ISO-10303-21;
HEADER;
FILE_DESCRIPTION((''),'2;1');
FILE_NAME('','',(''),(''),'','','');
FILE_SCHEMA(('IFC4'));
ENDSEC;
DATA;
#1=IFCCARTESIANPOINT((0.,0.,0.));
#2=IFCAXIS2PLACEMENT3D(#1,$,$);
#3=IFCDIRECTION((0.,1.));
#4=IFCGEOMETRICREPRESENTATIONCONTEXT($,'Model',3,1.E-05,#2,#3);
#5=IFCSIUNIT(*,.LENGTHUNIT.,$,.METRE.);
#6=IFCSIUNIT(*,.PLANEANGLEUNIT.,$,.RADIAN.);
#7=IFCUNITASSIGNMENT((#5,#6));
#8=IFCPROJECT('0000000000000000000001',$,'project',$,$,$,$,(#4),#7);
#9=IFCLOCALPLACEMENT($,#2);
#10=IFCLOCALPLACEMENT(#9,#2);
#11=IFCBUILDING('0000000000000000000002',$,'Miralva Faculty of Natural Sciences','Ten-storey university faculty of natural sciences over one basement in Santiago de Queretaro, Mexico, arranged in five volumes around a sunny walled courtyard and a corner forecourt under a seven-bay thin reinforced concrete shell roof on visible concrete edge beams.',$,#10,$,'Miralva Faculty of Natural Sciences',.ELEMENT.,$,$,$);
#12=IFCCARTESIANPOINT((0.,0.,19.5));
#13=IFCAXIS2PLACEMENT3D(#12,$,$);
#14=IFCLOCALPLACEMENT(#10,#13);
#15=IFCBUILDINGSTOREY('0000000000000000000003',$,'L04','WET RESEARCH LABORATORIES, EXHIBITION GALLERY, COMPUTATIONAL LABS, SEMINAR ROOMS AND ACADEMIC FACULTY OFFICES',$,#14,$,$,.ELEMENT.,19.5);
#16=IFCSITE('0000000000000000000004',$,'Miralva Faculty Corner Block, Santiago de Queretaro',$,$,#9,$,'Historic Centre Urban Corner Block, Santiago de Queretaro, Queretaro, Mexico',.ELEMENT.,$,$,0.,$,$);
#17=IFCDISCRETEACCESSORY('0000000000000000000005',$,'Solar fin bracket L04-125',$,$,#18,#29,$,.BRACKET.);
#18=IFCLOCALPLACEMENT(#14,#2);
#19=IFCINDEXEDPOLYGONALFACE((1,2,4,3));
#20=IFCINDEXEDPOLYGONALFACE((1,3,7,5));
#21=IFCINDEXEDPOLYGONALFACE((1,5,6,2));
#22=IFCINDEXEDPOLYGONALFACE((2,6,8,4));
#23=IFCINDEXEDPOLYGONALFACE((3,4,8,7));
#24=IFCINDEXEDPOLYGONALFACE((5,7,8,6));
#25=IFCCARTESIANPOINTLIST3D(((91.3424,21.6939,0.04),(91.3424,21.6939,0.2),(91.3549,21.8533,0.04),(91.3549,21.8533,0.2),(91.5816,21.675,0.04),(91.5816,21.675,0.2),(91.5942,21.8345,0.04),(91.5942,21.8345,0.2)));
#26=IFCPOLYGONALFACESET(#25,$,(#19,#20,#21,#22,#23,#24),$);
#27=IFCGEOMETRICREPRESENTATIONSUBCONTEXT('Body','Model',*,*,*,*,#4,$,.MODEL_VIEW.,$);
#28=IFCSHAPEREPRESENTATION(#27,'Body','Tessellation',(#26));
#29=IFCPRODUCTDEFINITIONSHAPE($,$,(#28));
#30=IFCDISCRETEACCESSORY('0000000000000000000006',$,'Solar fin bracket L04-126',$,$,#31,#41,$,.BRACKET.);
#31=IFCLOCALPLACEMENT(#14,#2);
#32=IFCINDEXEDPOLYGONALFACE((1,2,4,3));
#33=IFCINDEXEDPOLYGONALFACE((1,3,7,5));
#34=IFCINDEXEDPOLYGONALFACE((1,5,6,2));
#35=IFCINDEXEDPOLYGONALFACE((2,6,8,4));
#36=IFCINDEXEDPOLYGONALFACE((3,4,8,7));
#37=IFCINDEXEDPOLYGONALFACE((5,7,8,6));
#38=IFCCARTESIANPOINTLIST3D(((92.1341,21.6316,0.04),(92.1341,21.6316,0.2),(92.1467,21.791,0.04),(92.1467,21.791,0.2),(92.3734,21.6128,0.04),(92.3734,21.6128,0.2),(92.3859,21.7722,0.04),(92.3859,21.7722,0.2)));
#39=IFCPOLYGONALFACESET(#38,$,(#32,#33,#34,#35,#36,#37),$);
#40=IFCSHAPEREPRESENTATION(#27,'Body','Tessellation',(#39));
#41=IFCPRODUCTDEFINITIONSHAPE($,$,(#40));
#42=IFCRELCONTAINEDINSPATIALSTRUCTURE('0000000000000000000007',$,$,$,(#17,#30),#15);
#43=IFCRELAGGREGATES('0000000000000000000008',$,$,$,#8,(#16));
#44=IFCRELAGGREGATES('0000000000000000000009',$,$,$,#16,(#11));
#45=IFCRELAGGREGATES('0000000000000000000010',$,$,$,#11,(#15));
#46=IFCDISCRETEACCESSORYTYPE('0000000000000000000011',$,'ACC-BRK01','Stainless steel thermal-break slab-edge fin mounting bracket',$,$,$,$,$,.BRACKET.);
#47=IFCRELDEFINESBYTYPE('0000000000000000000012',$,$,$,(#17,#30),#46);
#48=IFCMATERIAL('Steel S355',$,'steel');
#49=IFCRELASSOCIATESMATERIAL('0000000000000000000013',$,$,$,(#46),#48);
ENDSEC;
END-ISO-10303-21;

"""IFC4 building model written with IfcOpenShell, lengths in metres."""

from ifc_helpers import new_model, si_unit, direction, frame, origin, origin_2d, place, context, subcontext, project, spatial, rectangle, extrude, material, type_object, element, save


model = new_model("IFC4")

# Units and contexts
model_context = context("Model", 3, precision=1e-05, world=origin(), true_north=direction((0.0, 1.0)))
body_context = subcontext(model_context, "Body", "Model", "MODEL_VIEW")
ifc_project = project(units=[si_unit("LENGTHUNIT", "METRE"), si_unit("PLANEANGLEUNIT", "RADIAN")], contexts=[model_context])

# Site, building, storey
site_placement = place(None, origin())
site = spatial("IfcSite", under=ifc_project, at=site_placement, Name="Miralva Faculty Corner Block, Santiago de Queretaro", LongName="Historic Centre Urban Corner Block, Santiago de Queretaro, Queretaro, Mexico", CompositionType="ELEMENT", RefElevation=0.0)
building_placement = place(site_placement, origin())
building = spatial("IfcBuilding", under=site, at=building_placement, Name="Miralva Faculty of Natural Sciences", Description="Ten-storey university faculty of natural sciences over one basement in Santiago de Queretaro, Mexico, arranged in five volumes around a sunny walled courtyard and a corner forecourt under a seven-bay thin reinforced concrete shell roof on visible concrete edge beams.", LongName="Miralva Faculty of Natural Sciences", CompositionType="ELEMENT")
storey_placement = place(building_placement, frame((0.0, 0.0, 19.5)))
storey = spatial("IfcBuildingStorey", under=building, at=storey_placement, Name="L04", Description="WET RESEARCH LABORATORIES, EXHIBITION GALLERY, COMPUTATIONAL LABS, SEMINAR ROOMS AND ACADEMIC FACULTY OFFICES", CompositionType="ELEMENT", Elevation=19.5)

# Discrete accessories
ifc_material_1 = material(Name="Steel S355", Category="steel")
discrete_accessory_type = type_object("IfcDiscreteAccessoryType", Name="ACC-BRK01", Description="Stainless steel thermal-break slab-edge fin mounting bracket", PredefinedType="BRACKET", material=ifc_material_1)
for number, where, z_axis, x_axis, name in (
    (1, (91.4683, 21.7642, 0.04), (0.0, 0.0, 1.0), (-0.078459, -0.996917, 0.0), "Solar fin bracket L04-125"),
    (2, (92.26, 21.7019, 0.04), (0.0, 0.0, 1.0), (-0.078459, -0.996917, 0.0), "Solar fin bracket L04-126"),
):
    element("IfcDiscreteAccessory", number, at=place(storey_placement, frame(where, z_axis=z_axis, x_axis=x_axis)), inside=storey, type_object=discrete_accessory_type, Name=name, PredefinedType="BRACKET", context=body_context, shape_type="SweptSolid", body=[
        extrude(rectangle(XDim=0.1599, YDim=0.24, at=origin_2d()), origin(), (0.0, 0.0, 1.0), 0.1599),
    ])

save(model, "model.ifc")
